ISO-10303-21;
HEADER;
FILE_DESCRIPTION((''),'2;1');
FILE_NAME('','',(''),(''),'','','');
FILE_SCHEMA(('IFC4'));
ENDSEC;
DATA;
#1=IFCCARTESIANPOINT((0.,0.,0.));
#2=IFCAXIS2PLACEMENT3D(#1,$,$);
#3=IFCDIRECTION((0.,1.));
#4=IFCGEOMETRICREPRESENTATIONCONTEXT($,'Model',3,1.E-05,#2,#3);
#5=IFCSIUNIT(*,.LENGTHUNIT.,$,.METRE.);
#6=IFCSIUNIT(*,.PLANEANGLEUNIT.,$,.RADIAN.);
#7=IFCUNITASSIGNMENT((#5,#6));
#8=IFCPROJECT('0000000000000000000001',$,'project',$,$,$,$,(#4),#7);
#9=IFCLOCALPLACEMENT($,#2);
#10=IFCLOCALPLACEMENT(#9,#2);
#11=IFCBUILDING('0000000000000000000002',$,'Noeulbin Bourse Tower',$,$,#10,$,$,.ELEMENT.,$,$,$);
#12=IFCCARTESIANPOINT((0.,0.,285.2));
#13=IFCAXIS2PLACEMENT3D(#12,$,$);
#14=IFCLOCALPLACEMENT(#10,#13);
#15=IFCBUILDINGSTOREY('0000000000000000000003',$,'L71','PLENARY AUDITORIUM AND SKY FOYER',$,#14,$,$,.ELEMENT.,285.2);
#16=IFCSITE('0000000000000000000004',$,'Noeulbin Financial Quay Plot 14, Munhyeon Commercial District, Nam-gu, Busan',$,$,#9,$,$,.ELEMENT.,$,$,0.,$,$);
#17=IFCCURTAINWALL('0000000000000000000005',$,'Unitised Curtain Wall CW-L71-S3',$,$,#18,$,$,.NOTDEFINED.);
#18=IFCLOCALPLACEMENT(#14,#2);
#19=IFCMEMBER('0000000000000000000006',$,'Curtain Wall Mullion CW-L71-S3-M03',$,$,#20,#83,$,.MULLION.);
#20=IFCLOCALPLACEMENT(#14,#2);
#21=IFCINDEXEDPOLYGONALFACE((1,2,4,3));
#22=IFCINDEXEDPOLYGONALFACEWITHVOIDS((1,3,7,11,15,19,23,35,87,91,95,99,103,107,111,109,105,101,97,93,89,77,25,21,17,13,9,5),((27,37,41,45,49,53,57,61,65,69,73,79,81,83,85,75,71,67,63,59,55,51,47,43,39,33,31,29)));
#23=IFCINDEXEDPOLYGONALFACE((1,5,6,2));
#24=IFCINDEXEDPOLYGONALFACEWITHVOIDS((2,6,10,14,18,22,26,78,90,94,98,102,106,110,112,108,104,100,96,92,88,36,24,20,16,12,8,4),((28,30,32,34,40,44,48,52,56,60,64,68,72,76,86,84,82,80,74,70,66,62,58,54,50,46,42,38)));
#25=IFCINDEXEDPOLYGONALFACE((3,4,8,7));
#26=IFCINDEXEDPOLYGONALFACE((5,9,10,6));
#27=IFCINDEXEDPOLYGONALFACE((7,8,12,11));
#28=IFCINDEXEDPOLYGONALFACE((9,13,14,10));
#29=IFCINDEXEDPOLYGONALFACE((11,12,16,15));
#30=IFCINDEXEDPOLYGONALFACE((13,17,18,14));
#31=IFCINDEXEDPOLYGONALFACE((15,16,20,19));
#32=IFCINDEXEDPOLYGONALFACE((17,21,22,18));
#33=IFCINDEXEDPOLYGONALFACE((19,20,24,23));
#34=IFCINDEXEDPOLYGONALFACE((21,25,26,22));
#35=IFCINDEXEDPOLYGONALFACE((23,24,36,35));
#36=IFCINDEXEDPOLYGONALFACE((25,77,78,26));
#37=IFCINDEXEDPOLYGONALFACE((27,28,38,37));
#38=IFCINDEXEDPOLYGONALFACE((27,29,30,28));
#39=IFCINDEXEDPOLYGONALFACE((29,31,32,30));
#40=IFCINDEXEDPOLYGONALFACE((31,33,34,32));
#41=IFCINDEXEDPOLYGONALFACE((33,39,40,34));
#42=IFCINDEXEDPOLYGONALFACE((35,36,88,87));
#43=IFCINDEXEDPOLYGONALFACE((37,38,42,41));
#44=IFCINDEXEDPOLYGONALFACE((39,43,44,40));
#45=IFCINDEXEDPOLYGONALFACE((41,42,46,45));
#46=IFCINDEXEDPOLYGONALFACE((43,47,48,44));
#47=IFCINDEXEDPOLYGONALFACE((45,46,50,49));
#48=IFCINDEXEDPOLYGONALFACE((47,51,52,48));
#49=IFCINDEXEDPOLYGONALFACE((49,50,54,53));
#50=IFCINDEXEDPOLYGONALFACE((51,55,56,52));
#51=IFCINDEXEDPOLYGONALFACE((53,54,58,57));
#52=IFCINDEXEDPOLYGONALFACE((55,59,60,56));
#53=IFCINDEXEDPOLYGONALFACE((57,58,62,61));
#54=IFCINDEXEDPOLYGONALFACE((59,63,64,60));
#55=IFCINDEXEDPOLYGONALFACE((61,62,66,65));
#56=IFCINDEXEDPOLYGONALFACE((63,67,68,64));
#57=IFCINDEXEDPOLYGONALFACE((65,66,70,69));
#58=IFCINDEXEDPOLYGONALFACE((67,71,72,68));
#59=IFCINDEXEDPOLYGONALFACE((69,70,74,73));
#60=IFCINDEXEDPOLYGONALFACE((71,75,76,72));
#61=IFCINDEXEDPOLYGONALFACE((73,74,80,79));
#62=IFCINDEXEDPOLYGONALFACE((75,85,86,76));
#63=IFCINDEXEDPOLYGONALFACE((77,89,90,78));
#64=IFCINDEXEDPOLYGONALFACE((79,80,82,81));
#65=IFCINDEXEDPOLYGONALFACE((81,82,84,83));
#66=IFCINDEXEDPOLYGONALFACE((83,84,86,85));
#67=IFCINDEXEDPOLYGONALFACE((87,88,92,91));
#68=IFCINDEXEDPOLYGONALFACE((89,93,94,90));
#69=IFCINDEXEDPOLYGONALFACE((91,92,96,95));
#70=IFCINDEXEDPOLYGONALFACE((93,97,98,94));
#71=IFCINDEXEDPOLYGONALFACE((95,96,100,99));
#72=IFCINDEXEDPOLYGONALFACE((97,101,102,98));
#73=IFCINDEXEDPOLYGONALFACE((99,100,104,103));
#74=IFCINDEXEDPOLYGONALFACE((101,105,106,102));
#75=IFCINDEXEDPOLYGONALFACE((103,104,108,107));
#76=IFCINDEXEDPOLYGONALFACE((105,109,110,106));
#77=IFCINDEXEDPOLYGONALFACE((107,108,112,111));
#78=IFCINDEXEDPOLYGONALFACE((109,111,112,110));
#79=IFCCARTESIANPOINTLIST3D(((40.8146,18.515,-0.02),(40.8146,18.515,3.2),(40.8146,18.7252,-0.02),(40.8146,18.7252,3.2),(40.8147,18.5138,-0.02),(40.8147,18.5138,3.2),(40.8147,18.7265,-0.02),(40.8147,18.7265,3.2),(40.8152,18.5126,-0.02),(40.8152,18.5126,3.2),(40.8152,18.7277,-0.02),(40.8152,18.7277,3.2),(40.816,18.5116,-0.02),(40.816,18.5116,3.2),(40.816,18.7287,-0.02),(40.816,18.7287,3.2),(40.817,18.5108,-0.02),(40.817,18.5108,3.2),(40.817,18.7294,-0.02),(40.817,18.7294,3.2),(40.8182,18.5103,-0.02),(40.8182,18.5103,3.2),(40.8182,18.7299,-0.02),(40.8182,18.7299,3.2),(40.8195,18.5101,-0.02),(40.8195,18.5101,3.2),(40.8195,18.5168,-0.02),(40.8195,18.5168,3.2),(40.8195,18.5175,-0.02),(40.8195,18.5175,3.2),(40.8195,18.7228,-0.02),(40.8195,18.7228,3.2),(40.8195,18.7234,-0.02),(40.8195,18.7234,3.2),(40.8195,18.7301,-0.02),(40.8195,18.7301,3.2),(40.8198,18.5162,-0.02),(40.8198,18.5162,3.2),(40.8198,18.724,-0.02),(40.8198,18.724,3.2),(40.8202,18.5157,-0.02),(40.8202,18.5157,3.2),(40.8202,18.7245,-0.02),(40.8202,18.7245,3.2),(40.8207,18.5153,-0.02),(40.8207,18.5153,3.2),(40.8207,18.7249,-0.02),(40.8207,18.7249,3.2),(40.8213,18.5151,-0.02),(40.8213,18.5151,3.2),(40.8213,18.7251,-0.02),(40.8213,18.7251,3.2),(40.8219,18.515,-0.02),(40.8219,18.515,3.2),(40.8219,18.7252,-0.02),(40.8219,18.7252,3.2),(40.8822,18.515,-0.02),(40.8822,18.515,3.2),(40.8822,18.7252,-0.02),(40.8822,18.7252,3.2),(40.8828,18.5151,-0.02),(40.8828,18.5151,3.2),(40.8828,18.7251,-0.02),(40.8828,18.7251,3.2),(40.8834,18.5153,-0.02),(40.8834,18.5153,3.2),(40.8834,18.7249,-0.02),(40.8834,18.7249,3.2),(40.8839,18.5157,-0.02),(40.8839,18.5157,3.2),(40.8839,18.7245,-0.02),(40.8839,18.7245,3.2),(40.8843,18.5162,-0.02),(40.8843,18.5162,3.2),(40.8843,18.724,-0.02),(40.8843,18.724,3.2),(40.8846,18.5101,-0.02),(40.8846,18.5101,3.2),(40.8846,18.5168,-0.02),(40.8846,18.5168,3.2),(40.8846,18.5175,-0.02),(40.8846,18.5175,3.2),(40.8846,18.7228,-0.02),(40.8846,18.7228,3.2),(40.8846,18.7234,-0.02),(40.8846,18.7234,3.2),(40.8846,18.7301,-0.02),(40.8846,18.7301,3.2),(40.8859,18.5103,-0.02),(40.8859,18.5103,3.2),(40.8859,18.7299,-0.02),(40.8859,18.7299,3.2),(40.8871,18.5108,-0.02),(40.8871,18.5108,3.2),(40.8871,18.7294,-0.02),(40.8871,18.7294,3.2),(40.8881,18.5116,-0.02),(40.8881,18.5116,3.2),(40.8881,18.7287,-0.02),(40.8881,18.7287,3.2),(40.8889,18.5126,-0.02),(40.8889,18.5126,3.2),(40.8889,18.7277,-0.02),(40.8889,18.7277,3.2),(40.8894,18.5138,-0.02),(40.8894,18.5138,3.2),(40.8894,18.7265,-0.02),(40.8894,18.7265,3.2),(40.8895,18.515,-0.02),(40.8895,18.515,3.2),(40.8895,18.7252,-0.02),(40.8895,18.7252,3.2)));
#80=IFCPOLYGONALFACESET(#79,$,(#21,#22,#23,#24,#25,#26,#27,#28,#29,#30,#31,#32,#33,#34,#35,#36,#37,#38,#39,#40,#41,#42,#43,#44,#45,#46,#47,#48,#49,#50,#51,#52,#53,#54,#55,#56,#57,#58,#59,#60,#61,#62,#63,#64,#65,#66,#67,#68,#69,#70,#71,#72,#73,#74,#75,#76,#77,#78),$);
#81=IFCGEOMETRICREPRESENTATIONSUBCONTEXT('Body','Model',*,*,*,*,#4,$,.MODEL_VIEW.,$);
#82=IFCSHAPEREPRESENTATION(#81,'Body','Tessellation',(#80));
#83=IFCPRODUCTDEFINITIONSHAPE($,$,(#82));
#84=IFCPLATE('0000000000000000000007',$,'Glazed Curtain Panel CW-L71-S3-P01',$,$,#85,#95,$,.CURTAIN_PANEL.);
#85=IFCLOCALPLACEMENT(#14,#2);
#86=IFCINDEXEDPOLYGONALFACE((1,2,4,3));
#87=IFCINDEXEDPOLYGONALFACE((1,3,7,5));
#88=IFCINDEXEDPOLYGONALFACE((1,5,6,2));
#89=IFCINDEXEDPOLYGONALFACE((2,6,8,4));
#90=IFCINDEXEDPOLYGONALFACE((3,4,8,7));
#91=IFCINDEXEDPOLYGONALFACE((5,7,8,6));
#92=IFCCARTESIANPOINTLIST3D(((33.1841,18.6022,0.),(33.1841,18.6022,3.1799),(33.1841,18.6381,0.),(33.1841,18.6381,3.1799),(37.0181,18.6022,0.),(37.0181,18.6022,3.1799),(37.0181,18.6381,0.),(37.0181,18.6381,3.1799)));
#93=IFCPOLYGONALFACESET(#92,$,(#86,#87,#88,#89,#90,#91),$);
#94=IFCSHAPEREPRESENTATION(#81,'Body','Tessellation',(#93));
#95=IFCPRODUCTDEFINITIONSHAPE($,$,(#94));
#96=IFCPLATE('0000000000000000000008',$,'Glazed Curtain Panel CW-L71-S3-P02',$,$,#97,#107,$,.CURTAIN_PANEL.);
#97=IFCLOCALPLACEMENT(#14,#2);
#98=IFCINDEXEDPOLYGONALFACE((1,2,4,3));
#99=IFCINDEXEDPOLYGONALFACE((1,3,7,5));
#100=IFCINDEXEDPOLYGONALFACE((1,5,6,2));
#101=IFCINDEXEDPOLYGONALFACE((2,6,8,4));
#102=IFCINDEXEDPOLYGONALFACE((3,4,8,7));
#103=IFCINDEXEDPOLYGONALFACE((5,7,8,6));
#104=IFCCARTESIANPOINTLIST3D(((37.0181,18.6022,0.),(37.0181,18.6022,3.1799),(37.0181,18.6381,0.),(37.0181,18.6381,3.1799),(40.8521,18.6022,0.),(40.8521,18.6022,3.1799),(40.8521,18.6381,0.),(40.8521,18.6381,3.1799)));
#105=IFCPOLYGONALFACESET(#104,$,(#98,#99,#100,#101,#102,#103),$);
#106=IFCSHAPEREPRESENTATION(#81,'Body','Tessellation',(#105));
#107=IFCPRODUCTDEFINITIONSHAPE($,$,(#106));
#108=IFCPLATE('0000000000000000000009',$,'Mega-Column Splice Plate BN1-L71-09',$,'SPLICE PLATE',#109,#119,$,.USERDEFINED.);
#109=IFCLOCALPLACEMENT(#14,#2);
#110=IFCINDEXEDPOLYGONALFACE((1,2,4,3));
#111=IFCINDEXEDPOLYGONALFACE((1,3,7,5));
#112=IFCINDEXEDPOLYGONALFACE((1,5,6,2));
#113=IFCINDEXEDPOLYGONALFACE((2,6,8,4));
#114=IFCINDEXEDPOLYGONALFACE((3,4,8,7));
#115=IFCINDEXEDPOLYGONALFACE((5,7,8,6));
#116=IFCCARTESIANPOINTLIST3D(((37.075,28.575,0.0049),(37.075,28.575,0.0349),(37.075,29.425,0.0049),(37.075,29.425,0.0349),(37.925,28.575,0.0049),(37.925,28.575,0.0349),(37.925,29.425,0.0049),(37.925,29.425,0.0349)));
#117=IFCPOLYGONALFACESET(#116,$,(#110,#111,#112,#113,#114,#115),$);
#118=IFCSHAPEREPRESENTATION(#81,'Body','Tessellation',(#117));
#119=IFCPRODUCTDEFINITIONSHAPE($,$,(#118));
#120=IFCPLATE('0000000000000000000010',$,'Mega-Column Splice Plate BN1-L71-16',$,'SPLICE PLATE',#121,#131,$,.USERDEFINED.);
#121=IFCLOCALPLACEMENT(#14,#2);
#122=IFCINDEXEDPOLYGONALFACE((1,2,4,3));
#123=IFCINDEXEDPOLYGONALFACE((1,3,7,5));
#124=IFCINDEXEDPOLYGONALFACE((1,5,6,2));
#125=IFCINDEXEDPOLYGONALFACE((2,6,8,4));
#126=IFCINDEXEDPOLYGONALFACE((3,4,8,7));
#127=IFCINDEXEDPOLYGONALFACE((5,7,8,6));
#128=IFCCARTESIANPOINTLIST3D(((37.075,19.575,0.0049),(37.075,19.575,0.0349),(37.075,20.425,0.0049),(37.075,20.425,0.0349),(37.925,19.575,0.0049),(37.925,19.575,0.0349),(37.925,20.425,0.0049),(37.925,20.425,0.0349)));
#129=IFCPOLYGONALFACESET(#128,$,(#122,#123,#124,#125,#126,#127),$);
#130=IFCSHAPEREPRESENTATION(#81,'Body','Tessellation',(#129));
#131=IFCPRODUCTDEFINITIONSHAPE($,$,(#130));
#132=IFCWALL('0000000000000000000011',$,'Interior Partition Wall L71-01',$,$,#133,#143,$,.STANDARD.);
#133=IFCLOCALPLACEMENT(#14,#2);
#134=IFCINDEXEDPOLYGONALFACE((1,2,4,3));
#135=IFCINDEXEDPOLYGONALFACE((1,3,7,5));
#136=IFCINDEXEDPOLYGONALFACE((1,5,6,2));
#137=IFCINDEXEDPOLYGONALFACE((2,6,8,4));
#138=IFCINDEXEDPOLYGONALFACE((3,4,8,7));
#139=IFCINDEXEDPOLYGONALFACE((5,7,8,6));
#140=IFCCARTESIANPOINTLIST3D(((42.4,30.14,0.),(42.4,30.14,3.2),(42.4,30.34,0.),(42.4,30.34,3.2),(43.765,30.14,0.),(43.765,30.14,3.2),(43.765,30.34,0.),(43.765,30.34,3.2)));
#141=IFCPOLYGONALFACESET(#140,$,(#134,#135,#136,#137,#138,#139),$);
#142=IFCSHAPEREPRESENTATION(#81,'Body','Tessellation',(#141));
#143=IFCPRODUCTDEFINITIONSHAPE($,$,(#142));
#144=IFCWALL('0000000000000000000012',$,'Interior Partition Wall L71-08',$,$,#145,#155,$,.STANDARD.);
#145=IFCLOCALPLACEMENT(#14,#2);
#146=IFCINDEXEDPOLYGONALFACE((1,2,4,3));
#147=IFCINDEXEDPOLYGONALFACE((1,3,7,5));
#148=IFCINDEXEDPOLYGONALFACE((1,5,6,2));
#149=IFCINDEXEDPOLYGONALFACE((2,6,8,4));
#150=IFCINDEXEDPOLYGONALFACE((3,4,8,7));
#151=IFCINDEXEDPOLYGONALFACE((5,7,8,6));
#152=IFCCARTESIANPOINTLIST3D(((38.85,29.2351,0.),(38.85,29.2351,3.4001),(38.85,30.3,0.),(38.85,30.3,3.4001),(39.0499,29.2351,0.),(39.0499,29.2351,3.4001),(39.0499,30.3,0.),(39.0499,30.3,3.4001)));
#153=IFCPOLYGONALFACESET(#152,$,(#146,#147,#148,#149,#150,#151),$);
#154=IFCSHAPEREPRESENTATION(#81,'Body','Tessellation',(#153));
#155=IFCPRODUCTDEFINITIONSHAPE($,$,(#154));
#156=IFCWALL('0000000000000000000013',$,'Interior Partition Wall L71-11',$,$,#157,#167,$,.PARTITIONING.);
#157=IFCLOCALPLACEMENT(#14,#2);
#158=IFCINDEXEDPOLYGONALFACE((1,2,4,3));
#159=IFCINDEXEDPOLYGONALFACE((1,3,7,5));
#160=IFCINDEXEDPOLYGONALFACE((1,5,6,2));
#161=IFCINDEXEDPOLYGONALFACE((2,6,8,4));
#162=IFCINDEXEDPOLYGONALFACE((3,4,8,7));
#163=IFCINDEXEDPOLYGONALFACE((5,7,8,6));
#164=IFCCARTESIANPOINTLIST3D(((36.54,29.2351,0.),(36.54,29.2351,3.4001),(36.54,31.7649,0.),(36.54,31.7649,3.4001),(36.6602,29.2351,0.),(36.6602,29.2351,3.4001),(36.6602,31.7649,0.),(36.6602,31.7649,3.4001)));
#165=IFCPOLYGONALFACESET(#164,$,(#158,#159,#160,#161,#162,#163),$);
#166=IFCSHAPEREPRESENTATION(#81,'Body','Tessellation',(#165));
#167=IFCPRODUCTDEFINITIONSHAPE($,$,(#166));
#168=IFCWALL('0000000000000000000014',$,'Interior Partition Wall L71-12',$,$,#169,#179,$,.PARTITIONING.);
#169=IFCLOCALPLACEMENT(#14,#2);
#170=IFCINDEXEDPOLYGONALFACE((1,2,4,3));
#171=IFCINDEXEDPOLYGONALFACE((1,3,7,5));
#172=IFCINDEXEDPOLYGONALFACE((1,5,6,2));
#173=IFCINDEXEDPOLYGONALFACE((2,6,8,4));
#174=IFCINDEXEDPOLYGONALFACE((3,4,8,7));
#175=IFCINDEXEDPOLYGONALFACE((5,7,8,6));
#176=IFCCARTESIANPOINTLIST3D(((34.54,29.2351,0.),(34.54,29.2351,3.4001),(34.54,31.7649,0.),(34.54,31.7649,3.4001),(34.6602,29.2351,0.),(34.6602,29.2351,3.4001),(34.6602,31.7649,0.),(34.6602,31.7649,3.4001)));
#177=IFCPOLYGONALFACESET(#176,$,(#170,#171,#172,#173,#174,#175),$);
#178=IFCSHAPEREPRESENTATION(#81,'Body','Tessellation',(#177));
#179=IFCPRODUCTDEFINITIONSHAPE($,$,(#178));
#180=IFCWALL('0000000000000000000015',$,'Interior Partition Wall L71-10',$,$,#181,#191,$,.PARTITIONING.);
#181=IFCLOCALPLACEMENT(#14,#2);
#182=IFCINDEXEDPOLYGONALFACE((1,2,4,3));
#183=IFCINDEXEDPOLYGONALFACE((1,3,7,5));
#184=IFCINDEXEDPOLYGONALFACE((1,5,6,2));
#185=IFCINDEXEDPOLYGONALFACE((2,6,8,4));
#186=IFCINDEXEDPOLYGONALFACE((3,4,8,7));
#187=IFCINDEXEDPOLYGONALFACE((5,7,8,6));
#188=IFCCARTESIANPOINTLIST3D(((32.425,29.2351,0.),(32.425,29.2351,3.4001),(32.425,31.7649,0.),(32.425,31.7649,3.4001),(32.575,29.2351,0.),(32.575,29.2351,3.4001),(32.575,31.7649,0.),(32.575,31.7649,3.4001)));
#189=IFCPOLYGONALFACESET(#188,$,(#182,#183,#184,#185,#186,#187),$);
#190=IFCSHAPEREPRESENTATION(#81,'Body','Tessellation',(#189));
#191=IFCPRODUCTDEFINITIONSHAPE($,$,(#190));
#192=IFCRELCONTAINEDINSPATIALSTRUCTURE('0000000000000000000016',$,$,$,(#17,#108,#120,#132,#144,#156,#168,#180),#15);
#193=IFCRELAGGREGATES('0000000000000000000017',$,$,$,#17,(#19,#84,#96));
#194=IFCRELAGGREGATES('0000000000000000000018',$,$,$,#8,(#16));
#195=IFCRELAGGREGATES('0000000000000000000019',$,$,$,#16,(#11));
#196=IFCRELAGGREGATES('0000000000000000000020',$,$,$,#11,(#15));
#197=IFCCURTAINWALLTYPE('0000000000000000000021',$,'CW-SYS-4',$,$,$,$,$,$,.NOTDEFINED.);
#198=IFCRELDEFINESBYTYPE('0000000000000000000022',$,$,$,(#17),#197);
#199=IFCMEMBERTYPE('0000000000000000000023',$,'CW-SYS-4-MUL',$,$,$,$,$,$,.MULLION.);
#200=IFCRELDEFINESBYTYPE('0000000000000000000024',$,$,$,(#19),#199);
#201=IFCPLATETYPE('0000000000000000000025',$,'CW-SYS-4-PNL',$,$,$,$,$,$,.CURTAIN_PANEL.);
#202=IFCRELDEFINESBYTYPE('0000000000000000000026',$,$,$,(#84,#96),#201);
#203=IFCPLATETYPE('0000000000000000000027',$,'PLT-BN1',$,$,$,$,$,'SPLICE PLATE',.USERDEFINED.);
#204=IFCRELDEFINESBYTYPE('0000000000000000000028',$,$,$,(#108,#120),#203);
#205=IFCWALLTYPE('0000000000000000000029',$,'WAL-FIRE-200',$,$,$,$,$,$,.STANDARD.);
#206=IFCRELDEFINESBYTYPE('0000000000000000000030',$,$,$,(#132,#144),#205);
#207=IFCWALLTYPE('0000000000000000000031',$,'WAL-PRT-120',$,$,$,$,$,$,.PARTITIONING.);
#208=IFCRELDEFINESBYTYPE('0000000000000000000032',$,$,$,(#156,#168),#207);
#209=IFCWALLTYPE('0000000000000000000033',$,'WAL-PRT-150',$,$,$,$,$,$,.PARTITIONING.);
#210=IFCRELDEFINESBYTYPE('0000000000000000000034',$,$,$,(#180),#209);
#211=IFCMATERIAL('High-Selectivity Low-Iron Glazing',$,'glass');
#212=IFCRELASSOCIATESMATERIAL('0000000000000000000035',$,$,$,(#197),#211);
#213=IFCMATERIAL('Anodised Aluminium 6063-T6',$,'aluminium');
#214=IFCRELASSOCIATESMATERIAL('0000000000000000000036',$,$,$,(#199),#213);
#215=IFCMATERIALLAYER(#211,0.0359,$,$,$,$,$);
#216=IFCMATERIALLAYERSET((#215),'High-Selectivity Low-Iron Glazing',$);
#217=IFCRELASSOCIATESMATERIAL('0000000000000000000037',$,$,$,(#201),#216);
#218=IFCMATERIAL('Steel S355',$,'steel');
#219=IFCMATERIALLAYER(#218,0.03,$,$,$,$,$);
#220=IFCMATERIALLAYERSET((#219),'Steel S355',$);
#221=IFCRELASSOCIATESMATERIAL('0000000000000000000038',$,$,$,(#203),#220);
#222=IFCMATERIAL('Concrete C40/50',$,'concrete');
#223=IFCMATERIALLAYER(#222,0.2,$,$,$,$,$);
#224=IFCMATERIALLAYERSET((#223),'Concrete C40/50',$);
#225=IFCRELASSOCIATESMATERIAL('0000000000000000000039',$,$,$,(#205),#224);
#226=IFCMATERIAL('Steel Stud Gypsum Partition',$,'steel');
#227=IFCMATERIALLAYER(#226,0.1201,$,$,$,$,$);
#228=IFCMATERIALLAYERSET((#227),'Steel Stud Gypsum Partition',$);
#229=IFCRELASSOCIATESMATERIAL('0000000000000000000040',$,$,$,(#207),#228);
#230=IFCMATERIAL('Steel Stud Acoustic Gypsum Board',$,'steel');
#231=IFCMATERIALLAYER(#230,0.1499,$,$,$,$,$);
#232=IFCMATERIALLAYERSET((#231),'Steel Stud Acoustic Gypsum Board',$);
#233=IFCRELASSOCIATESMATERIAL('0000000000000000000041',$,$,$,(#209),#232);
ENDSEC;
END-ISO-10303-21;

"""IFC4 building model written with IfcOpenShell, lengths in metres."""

from ifc_helpers import new_model, si_unit, direction, frame, frame_2d, origin, origin_2d, place, context, subcontext, project, spatial, rectangle, hollow_rectangle, extrude, material, layer, layer_set, material_profile, profile_set, type_object, element, aggregate, save


model = new_model("IFC4")

# Units and contexts
model_context = context("Model", 3, precision=1e-05, world=origin(), true_north=direction((0.0, 1.0)))
body_context = subcontext(model_context, "Body", "Model", "MODEL_VIEW")
ifc_project = project(units=[si_unit("LENGTHUNIT", "METRE"), si_unit("PLANEANGLEUNIT", "RADIAN")], contexts=[model_context])

# Site, building, storey
site_placement = place(None, origin())
site = spatial("IfcSite", under=ifc_project, at=site_placement, Name="Noeulbin Financial Quay Plot 14, Munhyeon Commercial District, Nam-gu, Busan", CompositionType="ELEMENT", RefElevation=0.0)
building_placement = place(site_placement, origin())
building = spatial("IfcBuilding", under=site, at=building_placement, Name="Noeulbin Bourse Tower", CompositionType="ELEMENT")
storey_placement = place(building_placement, frame((0.0, 0.0, 285.2)))
storey = spatial("IfcBuildingStorey", under=building, at=storey_placement, Name="L71", Description="PLENARY AUDITORIUM AND SKY FOYER", CompositionType="ELEMENT", Elevation=285.2)

# Shared definitions
ifc_material_1 = material(Name="Steel S355", Category="steel")

# Curtain wall, member, plates
ifc_material_2 = material(Name="High-Selectivity Low-Iron Glazing", Category="glass")
curtain_wall_type = type_object("IfcCurtainWallType", Name="CW-SYS-4", PredefinedType="NOTDEFINED", material=ifc_material_2)
curtain_wall_placement = place(storey_placement, origin())
curtain_wall = element("IfcCurtainWall", 1, at=curtain_wall_placement, inside=storey, type_object=curtain_wall_type, Name="Unitised Curtain Wall CW-L71-S3", PredefinedType="NOTDEFINED")
ifc_material_3 = material(Name="Anodised Aluminium 6063-T6", Category="aluminium")
ifc_material_profile_1 = material_profile(ifc_material_3, hollow_rectangle(XDim=0.075, YDim=0.22, WallThickness=0.0049, InnerFilletRadius=0.0024, OuterFilletRadius=0.0049, at=origin_2d()), Name="ALU-MULL-75x220x5", Category="LoadBearing")
ifc_profile_set_1 = profile_set([ifc_material_profile_1], Name="Anodised Aluminium 6063-T6")
member_type = type_object("IfcMemberType", Name="CW-SYS-4-MUL", PredefinedType="MULLION", material=ifc_profile_set_1)
member_1_placement = place(storey_placement, frame((40.8521, 18.6201, -0.02), z_axis=(0.0, 0.0, 1.0), x_axis=(1.0, 0.0, 0.0)))
member_1 = element("IfcMember", 2, at=member_1_placement, type_object=member_type, Name="Curtain Wall Mullion CW-L71-S3-M03", PredefinedType="MULLION", context=body_context, shape_type="SweptSolid", body=[
    extrude(hollow_rectangle(XDim=0.075, YDim=0.22, WallThickness=0.0049, InnerFilletRadius=0.0024, OuterFilletRadius=0.0049, at=origin_2d()), origin(), (0.0, 0.0, 1.0), 3.22),
])
ifc_layer_1 = layer(ifc_material_2, 0.0359)
ifc_layer_set_1 = layer_set([ifc_layer_1], Name="High-Selectivity Low-Iron Glazing")
plate_type_1 = type_object("IfcPlateType", Name="CW-SYS-4-PNL", PredefinedType="CURTAIN_PANEL", material=ifc_layer_set_1)
plate_1_placement = place(storey_placement, frame((35.1011, 18.6201, 0.0), z_axis=(0.0, 0.0, 1.0), x_axis=(1.0, 0.0, 0.0)))
plate_1 = element("IfcPlate", 3, at=plate_1_placement, type_object=plate_type_1, Name="Glazed Curtain Panel CW-L71-S3-P01", PredefinedType="CURTAIN_PANEL", context=body_context, shape_type="SweptSolid", body=[
    extrude(rectangle(XDim=3.834, YDim=0.0359, at=origin_2d()), origin(), (0.0, 0.0, 1.0), 3.1799),
])
plate_2_placement = place(storey_placement, frame((38.9351, 18.6201, 0.0), z_axis=(0.0, 0.0, 1.0), x_axis=(1.0, 0.0, 0.0)))
plate_2 = element("IfcPlate", 4, at=plate_2_placement, type_object=plate_type_1, Name="Glazed Curtain Panel CW-L71-S3-P02", PredefinedType="CURTAIN_PANEL", context=body_context, shape_type="SweptSolid", body=[
    extrude(rectangle(XDim=3.834, YDim=0.0359, at=origin_2d()), origin(), (0.0, 0.0, 1.0), 3.1799),
])
aggregate(curtain_wall, [member_1, plate_1, plate_2])

# Plates
ifc_layer_2 = layer(ifc_material_1, 0.03)
ifc_layer_set_2 = layer_set([ifc_layer_2], Name="Steel S355")
plate_type_2 = type_object("IfcPlateType", Name="PLT-BN1", ElementType="SPLICE PLATE", PredefinedType="USERDEFINED", material=ifc_layer_set_2)
for number, where, z_axis, x_axis, name in (
    (5, (37.5, 29.0, 0.0049), (0.0, 0.0, 1.0), (1.0, 0.0, 0.0), "Mega-Column Splice Plate BN1-L71-09"),
    (6, (37.5, 20.0, 0.0049), (0.0, 0.0, 1.0), (1.0, 0.0, 0.0), "Mega-Column Splice Plate BN1-L71-16"),
):
    element("IfcPlate", number, at=place(storey_placement, frame(where, z_axis=z_axis, x_axis=x_axis)), inside=storey, type_object=plate_type_2, Name=name, ObjectType="SPLICE PLATE", PredefinedType="USERDEFINED", context=body_context, shape_type="SweptSolid", body=[
        extrude(rectangle(XDim=0.8501, YDim=0.8501, at=origin_2d()), origin(), (0.0, 0.0, 1.0), 0.03),
    ])

# Walls
ifc_material_4 = material(Name="Concrete C40/50", Category="concrete")
ifc_layer_3 = layer(ifc_material_4, 0.2)
ifc_layer_set_3 = layer_set([ifc_layer_3], Name="Concrete C40/50")
wall_type_1 = type_object("IfcWallType", Name="WAL-FIRE-200", PredefinedType="STANDARD", material=ifc_layer_set_3)
wall_1_placement = place(storey_placement, frame((42.3999, 30.24, 0.0), z_axis=(0.0, 0.0, 1.0), x_axis=(1.0, 0.0, 0.0)))
element("IfcWall", 7, at=wall_1_placement, inside=storey, type_object=wall_type_1, Name="Interior Partition Wall L71-01", PredefinedType="STANDARD", context=body_context, shape_type="SweptSolid", body=[
    extrude(rectangle(XDim=1.365, YDim=0.2, at=frame_2d((0.6826, 0.0))), origin(), (0.0, 0.0, 1.0), 3.2),
])
wall_2_placement = place(storey_placement, frame((38.95, 29.2351, 0.0), z_axis=(0.0, 0.0, 1.0), x_axis=(0.0, 1.0, 0.0)))
element("IfcWall", 8, at=wall_2_placement, inside=storey, type_object=wall_type_1, Name="Interior Partition Wall L71-08", PredefinedType="STANDARD", context=body_context, shape_type="SweptSolid", body=[
    extrude(rectangle(XDim=1.0649, YDim=0.2, at=frame_2d((0.5325, 0.0))), origin(), (0.0, 0.0, 1.0), 3.4001),
])
ifc_material_5 = material(Name="Steel Stud Gypsum Partition", Category="steel")
ifc_layer_4 = layer(ifc_material_5, 0.1201)
ifc_layer_set_4 = layer_set([ifc_layer_4], Name="Steel Stud Gypsum Partition")
wall_type_2 = type_object("IfcWallType", Name="WAL-PRT-120", PredefinedType="PARTITIONING", material=ifc_layer_set_4)
for number, where, z_axis, x_axis, name in (
    (9, (36.6001, 29.2351, 0.0), (0.0, 0.0, 1.0), (0.0, 1.0, 0.0), "Interior Partition Wall L71-11"),
    (10, (34.6001, 29.2351, 0.0), (0.0, 0.0, 1.0), (0.0, 1.0, 0.0), "Interior Partition Wall L71-12"),
):
    element("IfcWall", number, at=place(storey_placement, frame(where, z_axis=z_axis, x_axis=x_axis)), inside=storey, type_object=wall_type_2, Name=name, PredefinedType="PARTITIONING", context=body_context, shape_type="SweptSolid", body=[
        extrude(rectangle(XDim=2.5298, YDim=0.1201, at=frame_2d((1.2649, 0.0))), origin(), (0.0, 0.0, 1.0), 3.4001),
    ])
ifc_material_6 = material(Name="Steel Stud Acoustic Gypsum Board", Category="steel")
ifc_layer_5 = layer(ifc_material_6, 0.1499)
ifc_layer_set_5 = layer_set([ifc_layer_5], Name="Steel Stud Acoustic Gypsum Board")
wall_type_3 = type_object("IfcWallType", Name="WAL-PRT-150", PredefinedType="PARTITIONING", material=ifc_layer_set_5)
wall_3_placement = place(storey_placement, frame((32.5, 29.2351, 0.0), z_axis=(0.0, 0.0, 1.0), x_axis=(0.0, 1.0, 0.0)))
element("IfcWall", 11, at=wall_3_placement, inside=storey, type_object=wall_type_3, Name="Interior Partition Wall L71-10", PredefinedType="PARTITIONING", context=body_context, shape_type="SweptSolid", body=[
    extrude(rectangle(XDim=2.5298, YDim=0.1499, at=frame_2d((1.2649, 0.0))), origin(), (0.0, 0.0, 1.0), 3.4001),
])

save(model, "model.ifc")
